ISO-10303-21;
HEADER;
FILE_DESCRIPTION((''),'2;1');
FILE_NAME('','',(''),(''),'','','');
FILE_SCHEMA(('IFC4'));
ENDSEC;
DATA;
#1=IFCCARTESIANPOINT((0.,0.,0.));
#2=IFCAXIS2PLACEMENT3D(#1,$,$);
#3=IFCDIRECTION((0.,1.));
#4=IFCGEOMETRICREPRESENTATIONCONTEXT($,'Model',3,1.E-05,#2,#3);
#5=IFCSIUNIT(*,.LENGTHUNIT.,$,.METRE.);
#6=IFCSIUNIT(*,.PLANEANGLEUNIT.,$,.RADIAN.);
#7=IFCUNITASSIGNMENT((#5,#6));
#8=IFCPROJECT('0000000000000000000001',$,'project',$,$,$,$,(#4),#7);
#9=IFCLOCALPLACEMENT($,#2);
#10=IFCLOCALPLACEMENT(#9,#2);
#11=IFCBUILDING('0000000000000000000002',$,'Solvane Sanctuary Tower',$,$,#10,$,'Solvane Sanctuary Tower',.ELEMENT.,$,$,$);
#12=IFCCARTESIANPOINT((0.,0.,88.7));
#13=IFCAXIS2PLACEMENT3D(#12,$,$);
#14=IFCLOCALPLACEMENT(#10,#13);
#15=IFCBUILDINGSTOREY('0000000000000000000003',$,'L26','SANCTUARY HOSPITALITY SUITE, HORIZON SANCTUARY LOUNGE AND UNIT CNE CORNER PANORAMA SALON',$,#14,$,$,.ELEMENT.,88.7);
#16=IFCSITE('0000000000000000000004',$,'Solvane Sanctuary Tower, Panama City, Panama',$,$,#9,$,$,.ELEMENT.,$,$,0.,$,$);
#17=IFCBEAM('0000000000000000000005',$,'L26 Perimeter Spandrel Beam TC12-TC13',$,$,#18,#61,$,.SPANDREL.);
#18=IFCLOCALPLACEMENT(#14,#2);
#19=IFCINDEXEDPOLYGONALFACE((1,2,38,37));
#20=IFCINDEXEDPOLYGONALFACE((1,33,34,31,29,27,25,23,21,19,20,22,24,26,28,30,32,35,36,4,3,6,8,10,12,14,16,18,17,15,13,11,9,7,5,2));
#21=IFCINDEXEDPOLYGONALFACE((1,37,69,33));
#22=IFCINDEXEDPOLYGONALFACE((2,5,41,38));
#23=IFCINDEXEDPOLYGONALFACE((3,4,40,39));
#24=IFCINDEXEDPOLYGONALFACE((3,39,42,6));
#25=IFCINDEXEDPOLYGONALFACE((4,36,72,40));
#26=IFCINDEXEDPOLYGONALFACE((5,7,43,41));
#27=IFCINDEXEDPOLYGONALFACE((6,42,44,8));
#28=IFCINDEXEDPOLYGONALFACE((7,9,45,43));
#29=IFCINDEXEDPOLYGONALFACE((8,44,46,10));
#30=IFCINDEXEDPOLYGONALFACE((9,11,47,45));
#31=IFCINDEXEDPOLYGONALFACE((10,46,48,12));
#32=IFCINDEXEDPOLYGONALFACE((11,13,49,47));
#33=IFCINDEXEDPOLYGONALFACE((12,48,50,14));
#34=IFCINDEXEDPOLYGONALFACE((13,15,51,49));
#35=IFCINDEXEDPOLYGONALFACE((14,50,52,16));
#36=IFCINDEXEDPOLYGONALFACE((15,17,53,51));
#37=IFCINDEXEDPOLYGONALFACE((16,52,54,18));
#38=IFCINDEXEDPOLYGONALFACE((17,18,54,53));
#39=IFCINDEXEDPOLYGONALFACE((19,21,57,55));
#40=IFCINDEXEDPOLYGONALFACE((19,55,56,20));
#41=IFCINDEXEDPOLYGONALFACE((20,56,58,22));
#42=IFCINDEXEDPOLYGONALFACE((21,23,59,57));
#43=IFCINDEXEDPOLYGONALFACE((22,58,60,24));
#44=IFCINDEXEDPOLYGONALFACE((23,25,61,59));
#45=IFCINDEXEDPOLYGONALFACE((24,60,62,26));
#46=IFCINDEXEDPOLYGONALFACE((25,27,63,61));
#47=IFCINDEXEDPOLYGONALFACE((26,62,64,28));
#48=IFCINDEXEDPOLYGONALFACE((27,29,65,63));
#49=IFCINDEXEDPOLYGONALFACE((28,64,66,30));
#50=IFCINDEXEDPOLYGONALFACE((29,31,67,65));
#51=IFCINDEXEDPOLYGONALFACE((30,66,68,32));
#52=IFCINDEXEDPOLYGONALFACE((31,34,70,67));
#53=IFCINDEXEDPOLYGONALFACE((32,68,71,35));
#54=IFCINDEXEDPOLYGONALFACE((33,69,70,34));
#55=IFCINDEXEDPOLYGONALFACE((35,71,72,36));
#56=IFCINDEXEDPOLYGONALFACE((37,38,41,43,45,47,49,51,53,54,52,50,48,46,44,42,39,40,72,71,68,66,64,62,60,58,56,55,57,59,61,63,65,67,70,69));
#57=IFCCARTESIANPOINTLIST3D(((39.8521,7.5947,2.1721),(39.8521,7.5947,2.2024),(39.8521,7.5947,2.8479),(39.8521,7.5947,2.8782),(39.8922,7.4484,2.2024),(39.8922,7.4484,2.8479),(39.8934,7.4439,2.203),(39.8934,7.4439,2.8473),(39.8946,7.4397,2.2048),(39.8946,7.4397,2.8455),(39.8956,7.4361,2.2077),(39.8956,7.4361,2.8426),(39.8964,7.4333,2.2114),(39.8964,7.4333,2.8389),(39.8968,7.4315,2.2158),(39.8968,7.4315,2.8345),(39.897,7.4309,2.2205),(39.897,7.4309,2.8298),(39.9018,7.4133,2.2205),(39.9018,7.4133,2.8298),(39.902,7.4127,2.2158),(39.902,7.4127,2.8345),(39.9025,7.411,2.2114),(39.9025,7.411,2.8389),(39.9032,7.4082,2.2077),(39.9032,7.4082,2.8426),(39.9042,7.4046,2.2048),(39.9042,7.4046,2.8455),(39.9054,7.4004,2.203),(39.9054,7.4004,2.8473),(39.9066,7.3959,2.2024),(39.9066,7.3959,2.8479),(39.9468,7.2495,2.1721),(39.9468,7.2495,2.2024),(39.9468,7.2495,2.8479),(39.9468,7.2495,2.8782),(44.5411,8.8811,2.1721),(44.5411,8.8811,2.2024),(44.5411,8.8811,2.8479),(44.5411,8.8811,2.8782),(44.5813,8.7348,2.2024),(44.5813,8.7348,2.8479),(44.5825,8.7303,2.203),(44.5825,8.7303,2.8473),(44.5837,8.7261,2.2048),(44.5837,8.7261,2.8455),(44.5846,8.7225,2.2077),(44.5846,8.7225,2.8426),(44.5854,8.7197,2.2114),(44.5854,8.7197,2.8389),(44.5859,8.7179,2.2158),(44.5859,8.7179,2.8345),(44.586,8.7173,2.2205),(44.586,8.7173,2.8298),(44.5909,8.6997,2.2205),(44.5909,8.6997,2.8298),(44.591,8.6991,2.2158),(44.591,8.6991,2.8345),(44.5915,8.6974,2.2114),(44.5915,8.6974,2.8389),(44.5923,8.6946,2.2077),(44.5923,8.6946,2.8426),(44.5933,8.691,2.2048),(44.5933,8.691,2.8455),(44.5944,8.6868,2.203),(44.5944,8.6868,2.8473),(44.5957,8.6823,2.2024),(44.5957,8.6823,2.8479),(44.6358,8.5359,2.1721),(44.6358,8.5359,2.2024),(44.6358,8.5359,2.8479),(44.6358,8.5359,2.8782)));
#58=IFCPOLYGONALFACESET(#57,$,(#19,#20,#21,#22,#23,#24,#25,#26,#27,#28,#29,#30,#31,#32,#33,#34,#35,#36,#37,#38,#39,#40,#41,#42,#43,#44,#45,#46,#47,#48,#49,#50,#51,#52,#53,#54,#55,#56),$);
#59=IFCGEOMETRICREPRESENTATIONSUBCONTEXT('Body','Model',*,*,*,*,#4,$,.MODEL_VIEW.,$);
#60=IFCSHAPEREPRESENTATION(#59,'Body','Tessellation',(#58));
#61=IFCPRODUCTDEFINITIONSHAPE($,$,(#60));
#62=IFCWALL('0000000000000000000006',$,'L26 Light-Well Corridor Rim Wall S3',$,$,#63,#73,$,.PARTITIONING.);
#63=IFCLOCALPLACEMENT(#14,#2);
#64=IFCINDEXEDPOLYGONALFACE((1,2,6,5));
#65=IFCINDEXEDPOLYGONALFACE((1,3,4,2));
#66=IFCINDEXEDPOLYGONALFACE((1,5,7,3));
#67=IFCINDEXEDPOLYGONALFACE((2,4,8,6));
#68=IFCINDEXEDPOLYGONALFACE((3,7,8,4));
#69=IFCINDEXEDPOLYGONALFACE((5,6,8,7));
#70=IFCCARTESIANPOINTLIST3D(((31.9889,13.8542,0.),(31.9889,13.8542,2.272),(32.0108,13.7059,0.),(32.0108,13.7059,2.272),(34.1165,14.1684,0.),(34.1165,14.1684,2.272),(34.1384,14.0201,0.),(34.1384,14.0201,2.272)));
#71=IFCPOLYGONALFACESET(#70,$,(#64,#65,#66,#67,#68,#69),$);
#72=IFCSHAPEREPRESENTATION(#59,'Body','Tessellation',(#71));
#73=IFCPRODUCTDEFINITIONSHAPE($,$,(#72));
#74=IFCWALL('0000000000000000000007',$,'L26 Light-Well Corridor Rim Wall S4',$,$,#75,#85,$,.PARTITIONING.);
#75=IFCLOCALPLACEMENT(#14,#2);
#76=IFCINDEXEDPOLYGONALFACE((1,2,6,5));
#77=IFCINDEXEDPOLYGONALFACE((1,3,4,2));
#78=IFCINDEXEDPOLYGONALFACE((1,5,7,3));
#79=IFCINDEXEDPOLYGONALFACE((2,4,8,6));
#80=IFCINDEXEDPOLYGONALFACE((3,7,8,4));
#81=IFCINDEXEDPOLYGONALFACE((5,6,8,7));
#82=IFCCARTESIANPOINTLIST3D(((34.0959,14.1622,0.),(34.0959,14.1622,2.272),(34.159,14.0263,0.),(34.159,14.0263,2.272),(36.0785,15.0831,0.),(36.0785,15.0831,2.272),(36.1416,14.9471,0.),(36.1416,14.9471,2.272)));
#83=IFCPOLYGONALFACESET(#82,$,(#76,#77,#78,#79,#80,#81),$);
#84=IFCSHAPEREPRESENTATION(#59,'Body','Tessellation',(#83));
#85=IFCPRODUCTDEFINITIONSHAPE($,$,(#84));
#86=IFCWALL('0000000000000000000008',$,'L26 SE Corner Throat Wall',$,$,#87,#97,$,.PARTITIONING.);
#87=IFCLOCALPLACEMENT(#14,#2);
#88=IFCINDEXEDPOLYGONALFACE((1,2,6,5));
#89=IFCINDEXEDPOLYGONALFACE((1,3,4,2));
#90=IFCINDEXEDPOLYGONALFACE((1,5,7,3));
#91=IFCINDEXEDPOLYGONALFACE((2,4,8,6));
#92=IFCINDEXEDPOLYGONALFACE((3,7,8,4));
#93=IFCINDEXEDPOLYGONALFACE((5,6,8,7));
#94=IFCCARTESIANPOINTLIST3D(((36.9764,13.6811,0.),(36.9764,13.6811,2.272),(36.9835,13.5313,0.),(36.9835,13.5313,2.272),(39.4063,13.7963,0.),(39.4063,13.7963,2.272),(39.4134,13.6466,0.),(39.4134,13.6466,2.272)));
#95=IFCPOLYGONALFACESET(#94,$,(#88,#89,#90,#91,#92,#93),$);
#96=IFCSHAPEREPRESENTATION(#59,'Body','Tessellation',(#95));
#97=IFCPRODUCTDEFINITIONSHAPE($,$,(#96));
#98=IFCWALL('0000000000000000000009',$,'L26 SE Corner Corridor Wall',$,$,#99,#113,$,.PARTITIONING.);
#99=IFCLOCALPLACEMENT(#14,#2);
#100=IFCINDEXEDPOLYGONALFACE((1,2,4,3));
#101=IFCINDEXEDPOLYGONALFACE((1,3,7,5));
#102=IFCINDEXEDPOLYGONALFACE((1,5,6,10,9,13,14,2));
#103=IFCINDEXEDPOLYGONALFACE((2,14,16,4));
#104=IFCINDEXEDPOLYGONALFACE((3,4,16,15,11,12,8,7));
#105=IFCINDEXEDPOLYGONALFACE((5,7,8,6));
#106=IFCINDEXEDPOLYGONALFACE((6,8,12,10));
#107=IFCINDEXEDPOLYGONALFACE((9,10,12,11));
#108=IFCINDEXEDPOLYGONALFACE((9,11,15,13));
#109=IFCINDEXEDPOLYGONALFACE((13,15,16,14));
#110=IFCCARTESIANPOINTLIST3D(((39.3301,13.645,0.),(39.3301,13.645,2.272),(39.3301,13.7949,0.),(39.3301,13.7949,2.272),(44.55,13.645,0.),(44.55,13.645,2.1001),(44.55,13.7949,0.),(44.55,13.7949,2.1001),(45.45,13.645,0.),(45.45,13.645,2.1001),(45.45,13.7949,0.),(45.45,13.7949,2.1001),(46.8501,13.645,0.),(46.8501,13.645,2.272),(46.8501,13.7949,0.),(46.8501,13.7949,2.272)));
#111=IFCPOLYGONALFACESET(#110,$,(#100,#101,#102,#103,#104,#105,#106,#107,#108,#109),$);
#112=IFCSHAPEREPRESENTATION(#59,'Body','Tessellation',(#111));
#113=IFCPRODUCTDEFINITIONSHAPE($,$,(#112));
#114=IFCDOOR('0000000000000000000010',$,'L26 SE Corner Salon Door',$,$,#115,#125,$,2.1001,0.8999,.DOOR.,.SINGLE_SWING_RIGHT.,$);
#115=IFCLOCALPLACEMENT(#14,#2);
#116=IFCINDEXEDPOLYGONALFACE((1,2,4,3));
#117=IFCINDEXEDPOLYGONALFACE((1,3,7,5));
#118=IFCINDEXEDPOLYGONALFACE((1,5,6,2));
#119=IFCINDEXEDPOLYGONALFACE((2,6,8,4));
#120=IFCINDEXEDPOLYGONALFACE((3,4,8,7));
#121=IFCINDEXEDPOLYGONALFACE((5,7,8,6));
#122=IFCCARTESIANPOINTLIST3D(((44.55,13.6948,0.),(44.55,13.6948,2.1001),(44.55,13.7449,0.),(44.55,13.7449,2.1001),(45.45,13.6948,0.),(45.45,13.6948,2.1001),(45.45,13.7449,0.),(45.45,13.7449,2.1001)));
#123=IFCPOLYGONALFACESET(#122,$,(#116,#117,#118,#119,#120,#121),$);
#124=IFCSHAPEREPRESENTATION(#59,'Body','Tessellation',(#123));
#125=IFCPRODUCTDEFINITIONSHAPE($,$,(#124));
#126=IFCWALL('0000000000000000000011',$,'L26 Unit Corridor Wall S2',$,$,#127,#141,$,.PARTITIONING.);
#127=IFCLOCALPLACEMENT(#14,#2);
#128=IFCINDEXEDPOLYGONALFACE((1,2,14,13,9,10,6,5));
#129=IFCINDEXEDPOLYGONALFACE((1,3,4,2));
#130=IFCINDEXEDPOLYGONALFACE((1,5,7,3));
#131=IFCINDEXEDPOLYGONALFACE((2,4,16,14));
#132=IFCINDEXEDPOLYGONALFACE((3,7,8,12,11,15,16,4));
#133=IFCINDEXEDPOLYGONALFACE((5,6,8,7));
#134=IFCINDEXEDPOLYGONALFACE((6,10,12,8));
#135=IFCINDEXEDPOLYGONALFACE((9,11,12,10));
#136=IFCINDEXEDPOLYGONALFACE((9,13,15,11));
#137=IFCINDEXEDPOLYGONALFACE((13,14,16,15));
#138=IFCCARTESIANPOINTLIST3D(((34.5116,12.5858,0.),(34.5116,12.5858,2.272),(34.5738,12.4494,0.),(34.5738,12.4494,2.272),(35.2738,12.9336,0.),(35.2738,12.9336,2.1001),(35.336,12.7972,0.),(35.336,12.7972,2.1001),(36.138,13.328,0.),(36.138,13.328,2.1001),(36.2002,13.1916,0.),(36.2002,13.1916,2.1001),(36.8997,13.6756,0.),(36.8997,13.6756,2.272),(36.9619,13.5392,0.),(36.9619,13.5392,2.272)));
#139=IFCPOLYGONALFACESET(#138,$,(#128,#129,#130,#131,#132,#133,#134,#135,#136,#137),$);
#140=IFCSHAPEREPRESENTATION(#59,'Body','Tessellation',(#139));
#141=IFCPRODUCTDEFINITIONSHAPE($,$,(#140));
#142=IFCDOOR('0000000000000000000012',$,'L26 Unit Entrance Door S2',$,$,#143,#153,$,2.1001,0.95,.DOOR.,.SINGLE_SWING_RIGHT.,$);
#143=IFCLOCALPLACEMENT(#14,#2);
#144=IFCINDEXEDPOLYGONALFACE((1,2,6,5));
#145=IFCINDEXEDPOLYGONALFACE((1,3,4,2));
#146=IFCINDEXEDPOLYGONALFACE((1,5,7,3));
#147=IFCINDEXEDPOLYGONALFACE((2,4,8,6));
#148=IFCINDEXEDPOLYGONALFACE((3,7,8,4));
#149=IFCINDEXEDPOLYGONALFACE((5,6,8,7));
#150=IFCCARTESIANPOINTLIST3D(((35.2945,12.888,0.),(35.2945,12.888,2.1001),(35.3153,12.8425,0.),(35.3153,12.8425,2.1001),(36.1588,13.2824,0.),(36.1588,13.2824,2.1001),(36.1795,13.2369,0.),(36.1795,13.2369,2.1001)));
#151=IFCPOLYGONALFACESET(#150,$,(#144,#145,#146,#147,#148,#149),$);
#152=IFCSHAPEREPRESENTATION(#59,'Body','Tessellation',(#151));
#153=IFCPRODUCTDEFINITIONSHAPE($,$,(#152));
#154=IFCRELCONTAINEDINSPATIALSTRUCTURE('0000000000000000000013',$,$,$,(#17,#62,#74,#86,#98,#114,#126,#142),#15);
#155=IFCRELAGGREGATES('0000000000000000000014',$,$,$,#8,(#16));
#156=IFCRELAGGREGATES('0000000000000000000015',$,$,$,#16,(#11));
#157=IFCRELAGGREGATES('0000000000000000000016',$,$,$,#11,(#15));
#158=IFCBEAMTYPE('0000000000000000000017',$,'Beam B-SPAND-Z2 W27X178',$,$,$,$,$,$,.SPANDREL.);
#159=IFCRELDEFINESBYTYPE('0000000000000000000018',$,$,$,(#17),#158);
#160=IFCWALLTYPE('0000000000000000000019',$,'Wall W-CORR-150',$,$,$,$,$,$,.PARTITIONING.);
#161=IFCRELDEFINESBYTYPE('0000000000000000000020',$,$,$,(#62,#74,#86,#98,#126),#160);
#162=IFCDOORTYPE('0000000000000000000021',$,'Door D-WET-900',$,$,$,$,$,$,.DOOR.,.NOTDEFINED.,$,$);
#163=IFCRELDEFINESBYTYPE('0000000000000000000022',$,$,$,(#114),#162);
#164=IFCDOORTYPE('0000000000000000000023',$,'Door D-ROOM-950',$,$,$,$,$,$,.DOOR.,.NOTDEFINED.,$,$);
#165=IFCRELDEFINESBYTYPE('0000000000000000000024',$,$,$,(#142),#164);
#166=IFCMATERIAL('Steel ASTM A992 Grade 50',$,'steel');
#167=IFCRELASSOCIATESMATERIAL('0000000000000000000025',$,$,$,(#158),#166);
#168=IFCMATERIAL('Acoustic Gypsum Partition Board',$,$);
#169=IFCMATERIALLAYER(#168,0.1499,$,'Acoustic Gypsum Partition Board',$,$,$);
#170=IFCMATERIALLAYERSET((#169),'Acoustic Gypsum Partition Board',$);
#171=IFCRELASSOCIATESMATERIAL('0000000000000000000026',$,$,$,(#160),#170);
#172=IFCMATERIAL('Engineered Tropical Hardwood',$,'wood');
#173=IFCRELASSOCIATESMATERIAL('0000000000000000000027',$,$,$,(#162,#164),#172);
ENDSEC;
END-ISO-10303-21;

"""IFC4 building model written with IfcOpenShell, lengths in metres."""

from ifc_helpers import new_model, si_unit, direction, frame, frame_2d, origin, origin_2d, place, context, subcontext, project, spatial, rectangle, i_section, extrude, material, layer, layer_set, material_profile, profile_set, type_object, element, fill, save


model = new_model("IFC4")

# Units and contexts
model_context = context("Model", 3, precision=1e-05, world=origin(), true_north=direction((0.0, 1.0)))
body_context = subcontext(model_context, "Body", "Model", "MODEL_VIEW")
ifc_project = project(units=[si_unit("LENGTHUNIT", "METRE"), si_unit("PLANEANGLEUNIT", "RADIAN")], contexts=[model_context])

# Site, building, storey
site_placement = place(None, origin())
site = spatial("IfcSite", under=ifc_project, at=site_placement, Name="Solvane Sanctuary Tower, Panama City, Panama", CompositionType="ELEMENT", RefElevation=0.0)
building_placement = place(site_placement, origin())
building = spatial("IfcBuilding", under=site, at=building_placement, Name="Solvane Sanctuary Tower", LongName="Solvane Sanctuary Tower", CompositionType="ELEMENT")
storey_placement = place(building_placement, frame((0.0, 0.0, 88.7)))
storey = spatial("IfcBuildingStorey", under=building, at=storey_placement, Name="L26", Description="SANCTUARY HOSPITALITY SUITE, HORIZON SANCTUARY LOUNGE AND UNIT CNE CORNER PANORAMA SALON", CompositionType="ELEMENT", Elevation=88.7)

# Beam
ifc_material_1 = material(Name="Steel ASTM A992 Grade 50", Category="steel")
ifc_material_profile_1 = material_profile(ifc_material_1, i_section(OverallWidth=0.3579, OverallDepth=0.7061, WebThickness=0.0183, FlangeThickness=0.0303, FilletRadius=0.0181, at=origin_2d()), Name="W27X178")
ifc_profile_set_1 = profile_set([ifc_material_profile_1], Name="Steel ASTM A992 Grade 50")
beam_type_1 = type_object("IfcBeamType", Name="Beam B-SPAND-Z2 W27X178", PredefinedType="SPANDREL", material=ifc_profile_set_1)
beam_1_placement = place(storey_placement, frame((39.8994, 7.4221, 2.5251), z_axis=(0.964368, 0.264566, 0.0), x_axis=(-0.264566, 0.964368, 0.0)))
element("IfcBeam", 1, at=beam_1_placement, inside=storey, type_object=beam_type_1, Name="L26 Perimeter Spandrel Beam TC12-TC13", PredefinedType="SPANDREL", context=body_context, shape_type="SweptSolid", body=[
    extrude(i_section(OverallWidth=0.3579, OverallDepth=0.7061, WebThickness=0.0183, FlangeThickness=0.0303, FilletRadius=0.0181, at=origin_2d()), origin(), (0.0, 0.0, 1.0), 4.8623),
])

# Walls
ifc_material_2 = material(Name="Acoustic Gypsum Partition Board")
ifc_layer_1 = layer(ifc_material_2, 0.1499, Name="Acoustic Gypsum Partition Board")
ifc_layer_set_1 = layer_set([ifc_layer_1], Name="Acoustic Gypsum Partition Board")
wall_type_1 = type_object("IfcWallType", Name="Wall W-CORR-150", PredefinedType="PARTITIONING", material=ifc_layer_set_1)
wall_1_placement = place(storey_placement, frame((32.0, 13.78, 0.0), z_axis=(0.0, 0.0, 1.0), x_axis=(0.989269, 0.146108, 0.0)))
element("IfcWall", 2, at=wall_1_placement, inside=storey, type_object=wall_type_1, Name="L26 Light-Well Corridor Rim Wall S3", PredefinedType="PARTITIONING", context=body_context, shape_type="SweptSolid", body=[
    extrude(rectangle(XDim=2.1506, YDim=0.1499, at=frame_2d((1.0752, 0.0))), origin(), (0.0, 0.0, 1.0), 2.272),
])
wall_2_placement = place(storey_placement, frame((34.1274, 14.0942, 0.0), z_axis=(0.0, 0.0, 1.0), x_axis=(0.906943, 0.421252, 0.0)))
element("IfcWall", 3, at=wall_2_placement, inside=storey, type_object=wall_type_1, Name="L26 Light-Well Corridor Rim Wall S4", PredefinedType="PARTITIONING", context=body_context, shape_type="SweptSolid", body=[
    extrude(rectangle(XDim=2.186, YDim=0.1499, at=frame_2d((1.093, 0.0))), origin(), (0.0, 0.0, 1.0), 2.272),
])
wall_3_placement = place(storey_placement, frame((36.98, 13.6062, 0.0), z_axis=(0.0, 0.0, 1.0), x_axis=(0.998877, 0.04737, 0.0)))
element("IfcWall", 4, at=wall_3_placement, inside=storey, type_object=wall_type_1, Name="L26 SE Corner Throat Wall", PredefinedType="PARTITIONING", context=body_context, shape_type="SweptSolid", body=[
    extrude(rectangle(XDim=2.4326, YDim=0.1499, at=frame_2d((1.2163, 0.0))), origin(), (0.0, 0.0, 1.0), 2.272),
])

# Walls, openings, doors
wall_4_placement = place(storey_placement, frame((39.3301, 13.72, 0.0), z_axis=(0.0, 0.0, 1.0), x_axis=(1.0, 0.0, 0.0)))
wall_4 = element("IfcWall", 5, at=wall_4_placement, inside=storey, type_object=wall_type_1, Name="L26 SE Corner Corridor Wall", PredefinedType="PARTITIONING", context=body_context, shape_type="SweptSolid", body=[
    extrude(rectangle(XDim=7.52, YDim=0.1499, at=frame_2d((3.76, 0.0))), origin(), (0.0, 0.0, 1.0), 2.272),
])
opening_1_placement = place(wall_4_placement, frame((5.22, 0.0, 0.0)))
opening_1 = element("IfcOpeningElement", 6, at=opening_1_placement, cuts=wall_4, PredefinedType="OPENING", context=body_context, shape_type="SweptSolid", body=[
    extrude(rectangle(XDim=0.8999, YDim=2.1001, at=frame_2d((0.45, 1.05))), frame((0.0, 0.085, 0.0), z_axis=(0.0, -1.0, 0.0), x_axis=(1.0, 0.0, 0.0)), (0.0, 0.0, 1.0), 0.1699),
])
ifc_material_3 = material(Name="Engineered Tropical Hardwood", Category="wood")
door_type_1 = type_object("IfcDoorType", Name="Door D-WET-900", OperationType="NOTDEFINED", PredefinedType="DOOR", material=ifc_material_3)
door_1_placement = place(opening_1_placement, origin())
door_1 = element("IfcDoor", 7, at=door_1_placement, inside=storey, type_object=door_type_1, Name="L26 SE Corner Salon Door", OperationType="SINGLE_SWING_RIGHT", OverallHeight=2.1001, OverallWidth=0.8999, PredefinedType="DOOR", context=body_context, shape_type="SweptSolid", body=[
    extrude(rectangle(XDim=0.8999, YDim=2.1001, at=frame_2d((0.45, 1.05))), frame((0.0, 0.0249, 0.0), z_axis=(0.0, -1.0, 0.0), x_axis=(1.0, 0.0, 0.0)), (0.0, 0.0, 1.0), 0.05),
])
fill(opening_1, door_1)
wall_5_placement = place(storey_placement, frame((34.5427, 12.5176, 0.0), z_axis=(0.0, 0.0, 1.0), x_axis=(0.909748, 0.415162, 0.0)))
wall_5 = element("IfcWall", 8, at=wall_5_placement, inside=storey, type_object=wall_type_1, Name="L26 Unit Corridor Wall S2", PredefinedType="PARTITIONING", context=body_context, shape_type="SweptSolid", body=[
    extrude(rectangle(XDim=2.625, YDim=0.1499, at=frame_2d((1.3125, 0.0))), origin(), (0.0, 0.0, 1.0), 2.272),
])
opening_2_placement = place(wall_5_placement, frame((0.8376, 0.0, 0.0)))
opening_2 = element("IfcOpeningElement", 9, at=opening_2_placement, cuts=wall_5, PredefinedType="OPENING", context=body_context, shape_type="SweptSolid", body=[
    extrude(rectangle(XDim=0.95, YDim=2.1001, at=frame_2d((0.4751, 1.05))), frame((0.0, 0.085, 0.0), z_axis=(0.0, -1.0, 0.0), x_axis=(1.0, 0.0, 0.0)), (0.0, 0.0, 1.0), 0.1699),
])
door_type_2 = type_object("IfcDoorType", Name="Door D-ROOM-950", OperationType="NOTDEFINED", PredefinedType="DOOR", material=ifc_material_3)
door_2_placement = place(opening_2_placement, origin())
door_2 = element("IfcDoor", 10, at=door_2_placement, inside=storey, type_object=door_type_2, Name="L26 Unit Entrance Door S2", OperationType="SINGLE_SWING_RIGHT", OverallHeight=2.1001, OverallWidth=0.95, PredefinedType="DOOR", context=body_context, shape_type="SweptSolid", body=[
    extrude(rectangle(XDim=0.95, YDim=2.1001, at=frame_2d((0.4751, 1.05))), frame((0.0, 0.0249, 0.0), z_axis=(0.0, -1.0, 0.0), x_axis=(1.0, 0.0, 0.0)), (0.0, 0.0, 1.0), 0.05),
])
fill(opening_2, door_2)

save(model, "model.ifc")
